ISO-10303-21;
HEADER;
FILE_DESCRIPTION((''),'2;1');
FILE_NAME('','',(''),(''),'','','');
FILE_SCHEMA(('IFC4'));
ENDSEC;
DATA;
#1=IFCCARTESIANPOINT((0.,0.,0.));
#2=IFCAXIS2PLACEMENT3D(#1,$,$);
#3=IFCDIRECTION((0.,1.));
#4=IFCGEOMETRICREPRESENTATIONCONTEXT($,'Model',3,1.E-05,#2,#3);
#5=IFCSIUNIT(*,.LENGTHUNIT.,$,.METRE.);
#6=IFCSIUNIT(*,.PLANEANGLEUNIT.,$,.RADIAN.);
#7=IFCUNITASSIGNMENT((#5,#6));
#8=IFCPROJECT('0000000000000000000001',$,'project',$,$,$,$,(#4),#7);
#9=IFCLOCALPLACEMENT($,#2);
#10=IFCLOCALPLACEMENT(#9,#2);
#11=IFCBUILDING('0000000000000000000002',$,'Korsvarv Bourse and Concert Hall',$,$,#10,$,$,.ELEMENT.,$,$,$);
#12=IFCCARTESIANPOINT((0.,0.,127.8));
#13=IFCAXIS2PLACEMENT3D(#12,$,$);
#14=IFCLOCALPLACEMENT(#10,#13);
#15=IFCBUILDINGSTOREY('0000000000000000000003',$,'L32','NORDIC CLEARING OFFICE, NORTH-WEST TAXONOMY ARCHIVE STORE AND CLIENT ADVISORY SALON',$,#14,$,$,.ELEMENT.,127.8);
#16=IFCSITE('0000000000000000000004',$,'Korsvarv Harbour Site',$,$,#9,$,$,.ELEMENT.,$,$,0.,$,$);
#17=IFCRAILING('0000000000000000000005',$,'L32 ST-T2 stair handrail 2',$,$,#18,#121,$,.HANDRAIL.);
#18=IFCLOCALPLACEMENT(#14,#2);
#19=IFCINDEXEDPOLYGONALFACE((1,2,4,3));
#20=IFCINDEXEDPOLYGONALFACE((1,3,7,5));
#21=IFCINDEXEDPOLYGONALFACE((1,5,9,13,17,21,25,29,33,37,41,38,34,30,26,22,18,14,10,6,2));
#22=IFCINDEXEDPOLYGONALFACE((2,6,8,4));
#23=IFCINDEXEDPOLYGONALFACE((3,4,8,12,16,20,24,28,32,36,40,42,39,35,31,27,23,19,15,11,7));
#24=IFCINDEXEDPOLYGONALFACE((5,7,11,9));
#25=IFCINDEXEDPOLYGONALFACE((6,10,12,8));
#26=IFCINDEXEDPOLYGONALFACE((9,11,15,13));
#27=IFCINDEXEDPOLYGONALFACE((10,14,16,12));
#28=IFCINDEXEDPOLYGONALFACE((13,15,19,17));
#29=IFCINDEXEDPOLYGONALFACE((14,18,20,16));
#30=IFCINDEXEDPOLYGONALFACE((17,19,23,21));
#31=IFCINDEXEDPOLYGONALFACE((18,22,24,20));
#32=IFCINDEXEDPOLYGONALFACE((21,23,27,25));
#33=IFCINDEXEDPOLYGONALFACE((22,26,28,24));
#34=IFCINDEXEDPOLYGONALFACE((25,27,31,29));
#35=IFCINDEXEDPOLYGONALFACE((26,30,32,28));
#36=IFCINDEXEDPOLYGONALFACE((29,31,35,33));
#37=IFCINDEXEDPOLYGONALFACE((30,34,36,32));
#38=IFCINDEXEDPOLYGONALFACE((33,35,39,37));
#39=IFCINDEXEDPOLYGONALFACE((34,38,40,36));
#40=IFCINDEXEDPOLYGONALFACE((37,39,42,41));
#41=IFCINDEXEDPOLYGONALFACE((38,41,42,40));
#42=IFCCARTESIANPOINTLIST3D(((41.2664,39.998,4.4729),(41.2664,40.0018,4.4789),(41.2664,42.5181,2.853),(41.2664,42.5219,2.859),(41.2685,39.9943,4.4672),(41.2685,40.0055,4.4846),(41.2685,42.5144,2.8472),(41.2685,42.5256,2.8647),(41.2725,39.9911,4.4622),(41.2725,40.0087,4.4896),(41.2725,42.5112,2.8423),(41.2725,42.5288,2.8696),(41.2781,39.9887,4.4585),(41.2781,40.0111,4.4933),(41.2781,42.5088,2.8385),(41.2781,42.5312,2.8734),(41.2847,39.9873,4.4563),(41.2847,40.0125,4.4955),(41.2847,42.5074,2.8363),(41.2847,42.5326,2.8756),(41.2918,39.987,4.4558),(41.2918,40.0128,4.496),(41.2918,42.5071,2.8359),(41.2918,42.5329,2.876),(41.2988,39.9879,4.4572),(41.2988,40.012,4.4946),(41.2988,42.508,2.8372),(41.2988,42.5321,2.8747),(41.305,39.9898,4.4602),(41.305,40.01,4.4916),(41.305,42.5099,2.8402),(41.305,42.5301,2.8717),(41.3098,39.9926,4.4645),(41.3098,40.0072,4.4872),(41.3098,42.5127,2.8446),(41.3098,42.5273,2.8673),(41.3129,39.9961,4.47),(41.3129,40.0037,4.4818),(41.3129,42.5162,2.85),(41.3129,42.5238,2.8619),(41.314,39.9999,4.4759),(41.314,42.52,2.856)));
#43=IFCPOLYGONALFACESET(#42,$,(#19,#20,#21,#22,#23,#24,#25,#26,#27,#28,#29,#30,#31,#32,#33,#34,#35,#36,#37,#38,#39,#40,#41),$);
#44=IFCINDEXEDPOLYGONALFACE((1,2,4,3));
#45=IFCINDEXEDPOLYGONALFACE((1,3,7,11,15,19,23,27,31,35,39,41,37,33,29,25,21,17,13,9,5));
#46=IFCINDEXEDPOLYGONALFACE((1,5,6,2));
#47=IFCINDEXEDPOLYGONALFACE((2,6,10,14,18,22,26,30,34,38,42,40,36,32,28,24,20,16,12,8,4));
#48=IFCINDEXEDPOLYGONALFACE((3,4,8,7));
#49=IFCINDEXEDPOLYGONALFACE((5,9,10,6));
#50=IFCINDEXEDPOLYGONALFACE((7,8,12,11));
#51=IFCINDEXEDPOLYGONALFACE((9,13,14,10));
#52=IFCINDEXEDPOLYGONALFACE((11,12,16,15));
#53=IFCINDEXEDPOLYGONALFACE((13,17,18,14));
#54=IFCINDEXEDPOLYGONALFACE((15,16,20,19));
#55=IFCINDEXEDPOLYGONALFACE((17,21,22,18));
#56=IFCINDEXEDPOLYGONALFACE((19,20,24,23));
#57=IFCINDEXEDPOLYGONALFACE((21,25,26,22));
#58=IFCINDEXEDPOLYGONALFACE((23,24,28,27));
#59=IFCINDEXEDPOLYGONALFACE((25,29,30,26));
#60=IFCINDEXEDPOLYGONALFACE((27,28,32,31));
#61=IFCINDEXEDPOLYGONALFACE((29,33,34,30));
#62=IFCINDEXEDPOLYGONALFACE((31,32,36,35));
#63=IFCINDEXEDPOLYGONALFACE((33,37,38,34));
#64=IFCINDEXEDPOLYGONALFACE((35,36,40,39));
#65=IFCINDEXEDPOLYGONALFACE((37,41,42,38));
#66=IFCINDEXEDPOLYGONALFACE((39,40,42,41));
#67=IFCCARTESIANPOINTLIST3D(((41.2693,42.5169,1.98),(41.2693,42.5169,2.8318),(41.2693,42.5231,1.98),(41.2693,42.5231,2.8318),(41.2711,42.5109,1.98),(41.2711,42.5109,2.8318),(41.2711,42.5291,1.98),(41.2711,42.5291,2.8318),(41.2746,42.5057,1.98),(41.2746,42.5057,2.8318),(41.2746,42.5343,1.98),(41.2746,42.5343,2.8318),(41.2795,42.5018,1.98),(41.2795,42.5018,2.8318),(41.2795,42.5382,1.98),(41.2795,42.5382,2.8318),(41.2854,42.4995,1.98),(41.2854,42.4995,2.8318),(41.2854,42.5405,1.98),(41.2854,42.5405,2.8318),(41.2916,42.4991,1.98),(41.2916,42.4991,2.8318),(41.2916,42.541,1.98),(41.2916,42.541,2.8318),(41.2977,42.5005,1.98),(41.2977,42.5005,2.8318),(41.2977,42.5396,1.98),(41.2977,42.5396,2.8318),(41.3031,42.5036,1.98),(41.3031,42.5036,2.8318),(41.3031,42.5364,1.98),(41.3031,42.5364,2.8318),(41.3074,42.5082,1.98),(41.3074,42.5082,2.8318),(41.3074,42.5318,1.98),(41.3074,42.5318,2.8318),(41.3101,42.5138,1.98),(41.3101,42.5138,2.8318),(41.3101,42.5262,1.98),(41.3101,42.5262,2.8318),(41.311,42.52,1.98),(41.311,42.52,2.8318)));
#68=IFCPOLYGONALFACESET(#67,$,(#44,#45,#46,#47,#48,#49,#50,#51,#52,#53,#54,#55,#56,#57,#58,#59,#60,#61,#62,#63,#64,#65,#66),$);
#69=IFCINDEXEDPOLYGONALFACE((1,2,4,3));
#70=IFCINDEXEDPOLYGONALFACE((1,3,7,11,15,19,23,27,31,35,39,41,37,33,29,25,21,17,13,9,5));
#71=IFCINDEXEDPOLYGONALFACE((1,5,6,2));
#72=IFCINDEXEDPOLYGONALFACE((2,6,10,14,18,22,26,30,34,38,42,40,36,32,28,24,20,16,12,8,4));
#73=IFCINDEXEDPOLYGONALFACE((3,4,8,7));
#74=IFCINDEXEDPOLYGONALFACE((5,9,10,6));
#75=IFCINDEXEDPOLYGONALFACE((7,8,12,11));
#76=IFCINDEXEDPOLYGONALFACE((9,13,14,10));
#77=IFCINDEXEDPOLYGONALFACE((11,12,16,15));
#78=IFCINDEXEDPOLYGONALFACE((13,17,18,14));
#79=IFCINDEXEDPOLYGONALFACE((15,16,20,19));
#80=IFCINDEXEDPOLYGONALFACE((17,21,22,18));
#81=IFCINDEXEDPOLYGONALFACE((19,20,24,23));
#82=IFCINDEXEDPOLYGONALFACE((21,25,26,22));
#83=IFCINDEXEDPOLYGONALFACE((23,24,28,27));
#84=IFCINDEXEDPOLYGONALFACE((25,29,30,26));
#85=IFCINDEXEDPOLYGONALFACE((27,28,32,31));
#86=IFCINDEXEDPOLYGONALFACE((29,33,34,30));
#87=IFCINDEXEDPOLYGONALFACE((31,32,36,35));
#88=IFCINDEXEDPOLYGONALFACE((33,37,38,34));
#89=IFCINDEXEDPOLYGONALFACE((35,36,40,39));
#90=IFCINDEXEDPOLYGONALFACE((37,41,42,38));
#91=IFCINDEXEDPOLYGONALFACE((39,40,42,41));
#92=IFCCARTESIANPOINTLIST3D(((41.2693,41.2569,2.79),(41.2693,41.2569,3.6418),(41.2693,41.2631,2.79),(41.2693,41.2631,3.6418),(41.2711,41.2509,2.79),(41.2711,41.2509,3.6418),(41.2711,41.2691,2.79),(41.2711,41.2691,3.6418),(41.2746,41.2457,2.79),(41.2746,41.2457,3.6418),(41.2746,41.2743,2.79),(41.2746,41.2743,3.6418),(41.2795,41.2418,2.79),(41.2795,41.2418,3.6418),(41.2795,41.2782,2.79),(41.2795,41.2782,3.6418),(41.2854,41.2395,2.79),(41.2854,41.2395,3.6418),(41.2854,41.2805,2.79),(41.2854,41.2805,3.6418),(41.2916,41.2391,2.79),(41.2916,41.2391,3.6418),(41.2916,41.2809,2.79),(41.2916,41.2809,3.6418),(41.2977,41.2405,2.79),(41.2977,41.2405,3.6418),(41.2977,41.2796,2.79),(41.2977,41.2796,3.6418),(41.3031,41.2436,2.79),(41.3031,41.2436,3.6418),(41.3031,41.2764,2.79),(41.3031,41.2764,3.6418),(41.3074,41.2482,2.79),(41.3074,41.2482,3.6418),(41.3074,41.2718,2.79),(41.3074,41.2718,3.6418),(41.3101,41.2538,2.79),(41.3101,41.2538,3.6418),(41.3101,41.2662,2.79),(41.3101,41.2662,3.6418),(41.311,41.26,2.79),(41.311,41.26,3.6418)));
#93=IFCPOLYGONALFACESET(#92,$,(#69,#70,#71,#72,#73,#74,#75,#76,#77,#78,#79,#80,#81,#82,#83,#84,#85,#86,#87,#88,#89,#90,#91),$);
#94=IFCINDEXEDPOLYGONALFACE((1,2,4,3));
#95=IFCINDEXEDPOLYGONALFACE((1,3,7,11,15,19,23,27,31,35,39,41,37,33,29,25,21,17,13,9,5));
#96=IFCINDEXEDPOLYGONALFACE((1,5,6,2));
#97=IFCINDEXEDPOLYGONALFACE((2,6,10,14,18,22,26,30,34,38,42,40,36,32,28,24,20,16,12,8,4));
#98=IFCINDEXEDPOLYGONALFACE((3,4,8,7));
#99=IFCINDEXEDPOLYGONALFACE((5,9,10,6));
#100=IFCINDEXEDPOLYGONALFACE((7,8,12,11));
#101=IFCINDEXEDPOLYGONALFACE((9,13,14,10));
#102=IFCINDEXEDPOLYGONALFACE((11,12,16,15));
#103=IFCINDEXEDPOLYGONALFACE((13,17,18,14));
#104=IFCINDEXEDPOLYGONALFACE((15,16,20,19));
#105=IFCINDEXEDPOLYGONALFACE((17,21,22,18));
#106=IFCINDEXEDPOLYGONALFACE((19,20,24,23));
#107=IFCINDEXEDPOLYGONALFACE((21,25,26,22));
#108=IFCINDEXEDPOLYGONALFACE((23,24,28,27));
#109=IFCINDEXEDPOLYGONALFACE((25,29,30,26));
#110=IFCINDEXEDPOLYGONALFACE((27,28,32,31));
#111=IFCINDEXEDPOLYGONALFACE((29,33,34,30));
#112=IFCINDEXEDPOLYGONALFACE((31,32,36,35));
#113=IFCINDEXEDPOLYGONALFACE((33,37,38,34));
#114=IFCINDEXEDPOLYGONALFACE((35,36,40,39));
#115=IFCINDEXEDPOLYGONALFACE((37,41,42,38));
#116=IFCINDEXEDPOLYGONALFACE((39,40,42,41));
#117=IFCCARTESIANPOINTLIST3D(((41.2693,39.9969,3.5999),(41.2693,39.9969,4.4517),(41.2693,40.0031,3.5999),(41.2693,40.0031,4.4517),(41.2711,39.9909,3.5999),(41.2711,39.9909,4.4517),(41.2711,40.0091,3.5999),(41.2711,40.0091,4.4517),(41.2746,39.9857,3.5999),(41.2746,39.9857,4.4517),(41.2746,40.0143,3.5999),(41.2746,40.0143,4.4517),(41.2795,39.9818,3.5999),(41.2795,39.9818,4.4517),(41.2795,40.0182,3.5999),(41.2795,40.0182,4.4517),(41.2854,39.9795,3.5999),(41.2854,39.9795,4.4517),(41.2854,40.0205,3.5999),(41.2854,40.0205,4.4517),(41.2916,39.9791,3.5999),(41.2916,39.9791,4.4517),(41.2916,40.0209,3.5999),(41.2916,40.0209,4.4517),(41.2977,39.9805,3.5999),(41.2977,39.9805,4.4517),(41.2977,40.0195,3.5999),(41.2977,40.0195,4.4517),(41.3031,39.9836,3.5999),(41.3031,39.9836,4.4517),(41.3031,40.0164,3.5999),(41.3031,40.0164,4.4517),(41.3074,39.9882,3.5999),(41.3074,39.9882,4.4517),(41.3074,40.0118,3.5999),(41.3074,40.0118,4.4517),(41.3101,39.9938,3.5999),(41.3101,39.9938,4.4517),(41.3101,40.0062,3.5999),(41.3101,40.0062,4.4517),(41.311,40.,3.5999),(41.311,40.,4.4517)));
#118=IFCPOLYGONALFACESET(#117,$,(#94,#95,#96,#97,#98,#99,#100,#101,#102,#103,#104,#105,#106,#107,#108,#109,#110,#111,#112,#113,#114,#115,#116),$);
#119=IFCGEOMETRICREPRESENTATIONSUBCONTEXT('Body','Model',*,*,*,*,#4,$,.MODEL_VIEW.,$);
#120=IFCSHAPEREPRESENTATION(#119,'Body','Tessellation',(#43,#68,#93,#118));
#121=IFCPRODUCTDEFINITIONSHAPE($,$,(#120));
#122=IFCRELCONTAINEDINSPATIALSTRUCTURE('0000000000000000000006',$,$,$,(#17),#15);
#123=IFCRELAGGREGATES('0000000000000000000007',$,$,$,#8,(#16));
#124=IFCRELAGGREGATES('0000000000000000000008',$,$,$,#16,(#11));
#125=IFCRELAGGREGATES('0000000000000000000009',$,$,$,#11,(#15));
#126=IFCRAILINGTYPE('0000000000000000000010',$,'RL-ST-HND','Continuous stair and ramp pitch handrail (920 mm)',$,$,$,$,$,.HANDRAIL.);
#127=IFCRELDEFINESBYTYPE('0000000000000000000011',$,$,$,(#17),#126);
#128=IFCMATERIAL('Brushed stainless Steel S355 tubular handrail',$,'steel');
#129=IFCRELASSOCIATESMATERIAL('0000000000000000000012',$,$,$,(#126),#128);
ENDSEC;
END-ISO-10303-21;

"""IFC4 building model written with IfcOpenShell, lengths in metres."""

from ifc_helpers import new_model, si_unit, direction, frame, origin, origin_2d, place, context, subcontext, project, spatial, circle, extrude, material, type_object, element, save


model = new_model("IFC4")

# Units and contexts
model_context = context("Model", 3, precision=1e-05, world=origin(), true_north=direction((0.0, 1.0)))
body_context = subcontext(model_context, "Body", "Model", "MODEL_VIEW")
ifc_project = project(units=[si_unit("LENGTHUNIT", "METRE"), si_unit("PLANEANGLEUNIT", "RADIAN")], contexts=[model_context])

# Site, building, storey
site_placement = place(None, origin())
site = spatial("IfcSite", under=ifc_project, at=site_placement, Name="Korsvarv Harbour Site", CompositionType="ELEMENT", RefElevation=0.0)
building_placement = place(site_placement, origin())
building = spatial("IfcBuilding", under=site, at=building_placement, Name="Korsvarv Bourse and Concert Hall", CompositionType="ELEMENT")
storey_placement = place(building_placement, frame((0.0, 0.0, 127.8)))
storey = spatial("IfcBuildingStorey", under=building, at=storey_placement, Name="L32", Description="NORDIC CLEARING OFFICE, NORTH-WEST TAXONOMY ARCHIVE STORE AND CLIENT ADVISORY SALON", CompositionType="ELEMENT", Elevation=127.8)

# Railing
ifc_material_1 = material(Name="Brushed stainless Steel S355 tubular handrail", Category="steel")
railing_type = type_object("IfcRailingType", Name="RL-ST-HND", Description="Continuous stair and ramp pitch handrail (920 mm)", PredefinedType="HANDRAIL", material=ifc_material_1)
railing_placement = place(storey_placement, frame((41.29, 42.52, 1.98)))
element("IfcRailing", 1, at=railing_placement, inside=storey, type_object=railing_type, Name="L32 ST-T2 stair handrail 2", PredefinedType="HANDRAIL", context=body_context, shape_type="SweptSolid", body=[
    extrude(circle(Radius=0.0239, at=origin_2d()), frame((0.0, 0.0, 0.876), z_axis=(0.0, -0.8412, 0.540725), x_axis=(1.0, 0.0, 0.0)), (0.0, 0.0, 1.0), 2.9958),
    extrude(circle(Radius=0.021, at=origin_2d()), origin(), (0.0, 0.0, 1.0), 0.8518),
    extrude(circle(Radius=0.021, at=origin_2d()), frame((0.0, -1.26, 0.8101)), (0.0, 0.0, 1.0), 0.8518),
    extrude(circle(Radius=0.021, at=origin_2d()), frame((0.0, -2.52, 1.6199)), (0.0, 0.0, 1.0), 0.8518),
])

save(model, "model.ifc")
